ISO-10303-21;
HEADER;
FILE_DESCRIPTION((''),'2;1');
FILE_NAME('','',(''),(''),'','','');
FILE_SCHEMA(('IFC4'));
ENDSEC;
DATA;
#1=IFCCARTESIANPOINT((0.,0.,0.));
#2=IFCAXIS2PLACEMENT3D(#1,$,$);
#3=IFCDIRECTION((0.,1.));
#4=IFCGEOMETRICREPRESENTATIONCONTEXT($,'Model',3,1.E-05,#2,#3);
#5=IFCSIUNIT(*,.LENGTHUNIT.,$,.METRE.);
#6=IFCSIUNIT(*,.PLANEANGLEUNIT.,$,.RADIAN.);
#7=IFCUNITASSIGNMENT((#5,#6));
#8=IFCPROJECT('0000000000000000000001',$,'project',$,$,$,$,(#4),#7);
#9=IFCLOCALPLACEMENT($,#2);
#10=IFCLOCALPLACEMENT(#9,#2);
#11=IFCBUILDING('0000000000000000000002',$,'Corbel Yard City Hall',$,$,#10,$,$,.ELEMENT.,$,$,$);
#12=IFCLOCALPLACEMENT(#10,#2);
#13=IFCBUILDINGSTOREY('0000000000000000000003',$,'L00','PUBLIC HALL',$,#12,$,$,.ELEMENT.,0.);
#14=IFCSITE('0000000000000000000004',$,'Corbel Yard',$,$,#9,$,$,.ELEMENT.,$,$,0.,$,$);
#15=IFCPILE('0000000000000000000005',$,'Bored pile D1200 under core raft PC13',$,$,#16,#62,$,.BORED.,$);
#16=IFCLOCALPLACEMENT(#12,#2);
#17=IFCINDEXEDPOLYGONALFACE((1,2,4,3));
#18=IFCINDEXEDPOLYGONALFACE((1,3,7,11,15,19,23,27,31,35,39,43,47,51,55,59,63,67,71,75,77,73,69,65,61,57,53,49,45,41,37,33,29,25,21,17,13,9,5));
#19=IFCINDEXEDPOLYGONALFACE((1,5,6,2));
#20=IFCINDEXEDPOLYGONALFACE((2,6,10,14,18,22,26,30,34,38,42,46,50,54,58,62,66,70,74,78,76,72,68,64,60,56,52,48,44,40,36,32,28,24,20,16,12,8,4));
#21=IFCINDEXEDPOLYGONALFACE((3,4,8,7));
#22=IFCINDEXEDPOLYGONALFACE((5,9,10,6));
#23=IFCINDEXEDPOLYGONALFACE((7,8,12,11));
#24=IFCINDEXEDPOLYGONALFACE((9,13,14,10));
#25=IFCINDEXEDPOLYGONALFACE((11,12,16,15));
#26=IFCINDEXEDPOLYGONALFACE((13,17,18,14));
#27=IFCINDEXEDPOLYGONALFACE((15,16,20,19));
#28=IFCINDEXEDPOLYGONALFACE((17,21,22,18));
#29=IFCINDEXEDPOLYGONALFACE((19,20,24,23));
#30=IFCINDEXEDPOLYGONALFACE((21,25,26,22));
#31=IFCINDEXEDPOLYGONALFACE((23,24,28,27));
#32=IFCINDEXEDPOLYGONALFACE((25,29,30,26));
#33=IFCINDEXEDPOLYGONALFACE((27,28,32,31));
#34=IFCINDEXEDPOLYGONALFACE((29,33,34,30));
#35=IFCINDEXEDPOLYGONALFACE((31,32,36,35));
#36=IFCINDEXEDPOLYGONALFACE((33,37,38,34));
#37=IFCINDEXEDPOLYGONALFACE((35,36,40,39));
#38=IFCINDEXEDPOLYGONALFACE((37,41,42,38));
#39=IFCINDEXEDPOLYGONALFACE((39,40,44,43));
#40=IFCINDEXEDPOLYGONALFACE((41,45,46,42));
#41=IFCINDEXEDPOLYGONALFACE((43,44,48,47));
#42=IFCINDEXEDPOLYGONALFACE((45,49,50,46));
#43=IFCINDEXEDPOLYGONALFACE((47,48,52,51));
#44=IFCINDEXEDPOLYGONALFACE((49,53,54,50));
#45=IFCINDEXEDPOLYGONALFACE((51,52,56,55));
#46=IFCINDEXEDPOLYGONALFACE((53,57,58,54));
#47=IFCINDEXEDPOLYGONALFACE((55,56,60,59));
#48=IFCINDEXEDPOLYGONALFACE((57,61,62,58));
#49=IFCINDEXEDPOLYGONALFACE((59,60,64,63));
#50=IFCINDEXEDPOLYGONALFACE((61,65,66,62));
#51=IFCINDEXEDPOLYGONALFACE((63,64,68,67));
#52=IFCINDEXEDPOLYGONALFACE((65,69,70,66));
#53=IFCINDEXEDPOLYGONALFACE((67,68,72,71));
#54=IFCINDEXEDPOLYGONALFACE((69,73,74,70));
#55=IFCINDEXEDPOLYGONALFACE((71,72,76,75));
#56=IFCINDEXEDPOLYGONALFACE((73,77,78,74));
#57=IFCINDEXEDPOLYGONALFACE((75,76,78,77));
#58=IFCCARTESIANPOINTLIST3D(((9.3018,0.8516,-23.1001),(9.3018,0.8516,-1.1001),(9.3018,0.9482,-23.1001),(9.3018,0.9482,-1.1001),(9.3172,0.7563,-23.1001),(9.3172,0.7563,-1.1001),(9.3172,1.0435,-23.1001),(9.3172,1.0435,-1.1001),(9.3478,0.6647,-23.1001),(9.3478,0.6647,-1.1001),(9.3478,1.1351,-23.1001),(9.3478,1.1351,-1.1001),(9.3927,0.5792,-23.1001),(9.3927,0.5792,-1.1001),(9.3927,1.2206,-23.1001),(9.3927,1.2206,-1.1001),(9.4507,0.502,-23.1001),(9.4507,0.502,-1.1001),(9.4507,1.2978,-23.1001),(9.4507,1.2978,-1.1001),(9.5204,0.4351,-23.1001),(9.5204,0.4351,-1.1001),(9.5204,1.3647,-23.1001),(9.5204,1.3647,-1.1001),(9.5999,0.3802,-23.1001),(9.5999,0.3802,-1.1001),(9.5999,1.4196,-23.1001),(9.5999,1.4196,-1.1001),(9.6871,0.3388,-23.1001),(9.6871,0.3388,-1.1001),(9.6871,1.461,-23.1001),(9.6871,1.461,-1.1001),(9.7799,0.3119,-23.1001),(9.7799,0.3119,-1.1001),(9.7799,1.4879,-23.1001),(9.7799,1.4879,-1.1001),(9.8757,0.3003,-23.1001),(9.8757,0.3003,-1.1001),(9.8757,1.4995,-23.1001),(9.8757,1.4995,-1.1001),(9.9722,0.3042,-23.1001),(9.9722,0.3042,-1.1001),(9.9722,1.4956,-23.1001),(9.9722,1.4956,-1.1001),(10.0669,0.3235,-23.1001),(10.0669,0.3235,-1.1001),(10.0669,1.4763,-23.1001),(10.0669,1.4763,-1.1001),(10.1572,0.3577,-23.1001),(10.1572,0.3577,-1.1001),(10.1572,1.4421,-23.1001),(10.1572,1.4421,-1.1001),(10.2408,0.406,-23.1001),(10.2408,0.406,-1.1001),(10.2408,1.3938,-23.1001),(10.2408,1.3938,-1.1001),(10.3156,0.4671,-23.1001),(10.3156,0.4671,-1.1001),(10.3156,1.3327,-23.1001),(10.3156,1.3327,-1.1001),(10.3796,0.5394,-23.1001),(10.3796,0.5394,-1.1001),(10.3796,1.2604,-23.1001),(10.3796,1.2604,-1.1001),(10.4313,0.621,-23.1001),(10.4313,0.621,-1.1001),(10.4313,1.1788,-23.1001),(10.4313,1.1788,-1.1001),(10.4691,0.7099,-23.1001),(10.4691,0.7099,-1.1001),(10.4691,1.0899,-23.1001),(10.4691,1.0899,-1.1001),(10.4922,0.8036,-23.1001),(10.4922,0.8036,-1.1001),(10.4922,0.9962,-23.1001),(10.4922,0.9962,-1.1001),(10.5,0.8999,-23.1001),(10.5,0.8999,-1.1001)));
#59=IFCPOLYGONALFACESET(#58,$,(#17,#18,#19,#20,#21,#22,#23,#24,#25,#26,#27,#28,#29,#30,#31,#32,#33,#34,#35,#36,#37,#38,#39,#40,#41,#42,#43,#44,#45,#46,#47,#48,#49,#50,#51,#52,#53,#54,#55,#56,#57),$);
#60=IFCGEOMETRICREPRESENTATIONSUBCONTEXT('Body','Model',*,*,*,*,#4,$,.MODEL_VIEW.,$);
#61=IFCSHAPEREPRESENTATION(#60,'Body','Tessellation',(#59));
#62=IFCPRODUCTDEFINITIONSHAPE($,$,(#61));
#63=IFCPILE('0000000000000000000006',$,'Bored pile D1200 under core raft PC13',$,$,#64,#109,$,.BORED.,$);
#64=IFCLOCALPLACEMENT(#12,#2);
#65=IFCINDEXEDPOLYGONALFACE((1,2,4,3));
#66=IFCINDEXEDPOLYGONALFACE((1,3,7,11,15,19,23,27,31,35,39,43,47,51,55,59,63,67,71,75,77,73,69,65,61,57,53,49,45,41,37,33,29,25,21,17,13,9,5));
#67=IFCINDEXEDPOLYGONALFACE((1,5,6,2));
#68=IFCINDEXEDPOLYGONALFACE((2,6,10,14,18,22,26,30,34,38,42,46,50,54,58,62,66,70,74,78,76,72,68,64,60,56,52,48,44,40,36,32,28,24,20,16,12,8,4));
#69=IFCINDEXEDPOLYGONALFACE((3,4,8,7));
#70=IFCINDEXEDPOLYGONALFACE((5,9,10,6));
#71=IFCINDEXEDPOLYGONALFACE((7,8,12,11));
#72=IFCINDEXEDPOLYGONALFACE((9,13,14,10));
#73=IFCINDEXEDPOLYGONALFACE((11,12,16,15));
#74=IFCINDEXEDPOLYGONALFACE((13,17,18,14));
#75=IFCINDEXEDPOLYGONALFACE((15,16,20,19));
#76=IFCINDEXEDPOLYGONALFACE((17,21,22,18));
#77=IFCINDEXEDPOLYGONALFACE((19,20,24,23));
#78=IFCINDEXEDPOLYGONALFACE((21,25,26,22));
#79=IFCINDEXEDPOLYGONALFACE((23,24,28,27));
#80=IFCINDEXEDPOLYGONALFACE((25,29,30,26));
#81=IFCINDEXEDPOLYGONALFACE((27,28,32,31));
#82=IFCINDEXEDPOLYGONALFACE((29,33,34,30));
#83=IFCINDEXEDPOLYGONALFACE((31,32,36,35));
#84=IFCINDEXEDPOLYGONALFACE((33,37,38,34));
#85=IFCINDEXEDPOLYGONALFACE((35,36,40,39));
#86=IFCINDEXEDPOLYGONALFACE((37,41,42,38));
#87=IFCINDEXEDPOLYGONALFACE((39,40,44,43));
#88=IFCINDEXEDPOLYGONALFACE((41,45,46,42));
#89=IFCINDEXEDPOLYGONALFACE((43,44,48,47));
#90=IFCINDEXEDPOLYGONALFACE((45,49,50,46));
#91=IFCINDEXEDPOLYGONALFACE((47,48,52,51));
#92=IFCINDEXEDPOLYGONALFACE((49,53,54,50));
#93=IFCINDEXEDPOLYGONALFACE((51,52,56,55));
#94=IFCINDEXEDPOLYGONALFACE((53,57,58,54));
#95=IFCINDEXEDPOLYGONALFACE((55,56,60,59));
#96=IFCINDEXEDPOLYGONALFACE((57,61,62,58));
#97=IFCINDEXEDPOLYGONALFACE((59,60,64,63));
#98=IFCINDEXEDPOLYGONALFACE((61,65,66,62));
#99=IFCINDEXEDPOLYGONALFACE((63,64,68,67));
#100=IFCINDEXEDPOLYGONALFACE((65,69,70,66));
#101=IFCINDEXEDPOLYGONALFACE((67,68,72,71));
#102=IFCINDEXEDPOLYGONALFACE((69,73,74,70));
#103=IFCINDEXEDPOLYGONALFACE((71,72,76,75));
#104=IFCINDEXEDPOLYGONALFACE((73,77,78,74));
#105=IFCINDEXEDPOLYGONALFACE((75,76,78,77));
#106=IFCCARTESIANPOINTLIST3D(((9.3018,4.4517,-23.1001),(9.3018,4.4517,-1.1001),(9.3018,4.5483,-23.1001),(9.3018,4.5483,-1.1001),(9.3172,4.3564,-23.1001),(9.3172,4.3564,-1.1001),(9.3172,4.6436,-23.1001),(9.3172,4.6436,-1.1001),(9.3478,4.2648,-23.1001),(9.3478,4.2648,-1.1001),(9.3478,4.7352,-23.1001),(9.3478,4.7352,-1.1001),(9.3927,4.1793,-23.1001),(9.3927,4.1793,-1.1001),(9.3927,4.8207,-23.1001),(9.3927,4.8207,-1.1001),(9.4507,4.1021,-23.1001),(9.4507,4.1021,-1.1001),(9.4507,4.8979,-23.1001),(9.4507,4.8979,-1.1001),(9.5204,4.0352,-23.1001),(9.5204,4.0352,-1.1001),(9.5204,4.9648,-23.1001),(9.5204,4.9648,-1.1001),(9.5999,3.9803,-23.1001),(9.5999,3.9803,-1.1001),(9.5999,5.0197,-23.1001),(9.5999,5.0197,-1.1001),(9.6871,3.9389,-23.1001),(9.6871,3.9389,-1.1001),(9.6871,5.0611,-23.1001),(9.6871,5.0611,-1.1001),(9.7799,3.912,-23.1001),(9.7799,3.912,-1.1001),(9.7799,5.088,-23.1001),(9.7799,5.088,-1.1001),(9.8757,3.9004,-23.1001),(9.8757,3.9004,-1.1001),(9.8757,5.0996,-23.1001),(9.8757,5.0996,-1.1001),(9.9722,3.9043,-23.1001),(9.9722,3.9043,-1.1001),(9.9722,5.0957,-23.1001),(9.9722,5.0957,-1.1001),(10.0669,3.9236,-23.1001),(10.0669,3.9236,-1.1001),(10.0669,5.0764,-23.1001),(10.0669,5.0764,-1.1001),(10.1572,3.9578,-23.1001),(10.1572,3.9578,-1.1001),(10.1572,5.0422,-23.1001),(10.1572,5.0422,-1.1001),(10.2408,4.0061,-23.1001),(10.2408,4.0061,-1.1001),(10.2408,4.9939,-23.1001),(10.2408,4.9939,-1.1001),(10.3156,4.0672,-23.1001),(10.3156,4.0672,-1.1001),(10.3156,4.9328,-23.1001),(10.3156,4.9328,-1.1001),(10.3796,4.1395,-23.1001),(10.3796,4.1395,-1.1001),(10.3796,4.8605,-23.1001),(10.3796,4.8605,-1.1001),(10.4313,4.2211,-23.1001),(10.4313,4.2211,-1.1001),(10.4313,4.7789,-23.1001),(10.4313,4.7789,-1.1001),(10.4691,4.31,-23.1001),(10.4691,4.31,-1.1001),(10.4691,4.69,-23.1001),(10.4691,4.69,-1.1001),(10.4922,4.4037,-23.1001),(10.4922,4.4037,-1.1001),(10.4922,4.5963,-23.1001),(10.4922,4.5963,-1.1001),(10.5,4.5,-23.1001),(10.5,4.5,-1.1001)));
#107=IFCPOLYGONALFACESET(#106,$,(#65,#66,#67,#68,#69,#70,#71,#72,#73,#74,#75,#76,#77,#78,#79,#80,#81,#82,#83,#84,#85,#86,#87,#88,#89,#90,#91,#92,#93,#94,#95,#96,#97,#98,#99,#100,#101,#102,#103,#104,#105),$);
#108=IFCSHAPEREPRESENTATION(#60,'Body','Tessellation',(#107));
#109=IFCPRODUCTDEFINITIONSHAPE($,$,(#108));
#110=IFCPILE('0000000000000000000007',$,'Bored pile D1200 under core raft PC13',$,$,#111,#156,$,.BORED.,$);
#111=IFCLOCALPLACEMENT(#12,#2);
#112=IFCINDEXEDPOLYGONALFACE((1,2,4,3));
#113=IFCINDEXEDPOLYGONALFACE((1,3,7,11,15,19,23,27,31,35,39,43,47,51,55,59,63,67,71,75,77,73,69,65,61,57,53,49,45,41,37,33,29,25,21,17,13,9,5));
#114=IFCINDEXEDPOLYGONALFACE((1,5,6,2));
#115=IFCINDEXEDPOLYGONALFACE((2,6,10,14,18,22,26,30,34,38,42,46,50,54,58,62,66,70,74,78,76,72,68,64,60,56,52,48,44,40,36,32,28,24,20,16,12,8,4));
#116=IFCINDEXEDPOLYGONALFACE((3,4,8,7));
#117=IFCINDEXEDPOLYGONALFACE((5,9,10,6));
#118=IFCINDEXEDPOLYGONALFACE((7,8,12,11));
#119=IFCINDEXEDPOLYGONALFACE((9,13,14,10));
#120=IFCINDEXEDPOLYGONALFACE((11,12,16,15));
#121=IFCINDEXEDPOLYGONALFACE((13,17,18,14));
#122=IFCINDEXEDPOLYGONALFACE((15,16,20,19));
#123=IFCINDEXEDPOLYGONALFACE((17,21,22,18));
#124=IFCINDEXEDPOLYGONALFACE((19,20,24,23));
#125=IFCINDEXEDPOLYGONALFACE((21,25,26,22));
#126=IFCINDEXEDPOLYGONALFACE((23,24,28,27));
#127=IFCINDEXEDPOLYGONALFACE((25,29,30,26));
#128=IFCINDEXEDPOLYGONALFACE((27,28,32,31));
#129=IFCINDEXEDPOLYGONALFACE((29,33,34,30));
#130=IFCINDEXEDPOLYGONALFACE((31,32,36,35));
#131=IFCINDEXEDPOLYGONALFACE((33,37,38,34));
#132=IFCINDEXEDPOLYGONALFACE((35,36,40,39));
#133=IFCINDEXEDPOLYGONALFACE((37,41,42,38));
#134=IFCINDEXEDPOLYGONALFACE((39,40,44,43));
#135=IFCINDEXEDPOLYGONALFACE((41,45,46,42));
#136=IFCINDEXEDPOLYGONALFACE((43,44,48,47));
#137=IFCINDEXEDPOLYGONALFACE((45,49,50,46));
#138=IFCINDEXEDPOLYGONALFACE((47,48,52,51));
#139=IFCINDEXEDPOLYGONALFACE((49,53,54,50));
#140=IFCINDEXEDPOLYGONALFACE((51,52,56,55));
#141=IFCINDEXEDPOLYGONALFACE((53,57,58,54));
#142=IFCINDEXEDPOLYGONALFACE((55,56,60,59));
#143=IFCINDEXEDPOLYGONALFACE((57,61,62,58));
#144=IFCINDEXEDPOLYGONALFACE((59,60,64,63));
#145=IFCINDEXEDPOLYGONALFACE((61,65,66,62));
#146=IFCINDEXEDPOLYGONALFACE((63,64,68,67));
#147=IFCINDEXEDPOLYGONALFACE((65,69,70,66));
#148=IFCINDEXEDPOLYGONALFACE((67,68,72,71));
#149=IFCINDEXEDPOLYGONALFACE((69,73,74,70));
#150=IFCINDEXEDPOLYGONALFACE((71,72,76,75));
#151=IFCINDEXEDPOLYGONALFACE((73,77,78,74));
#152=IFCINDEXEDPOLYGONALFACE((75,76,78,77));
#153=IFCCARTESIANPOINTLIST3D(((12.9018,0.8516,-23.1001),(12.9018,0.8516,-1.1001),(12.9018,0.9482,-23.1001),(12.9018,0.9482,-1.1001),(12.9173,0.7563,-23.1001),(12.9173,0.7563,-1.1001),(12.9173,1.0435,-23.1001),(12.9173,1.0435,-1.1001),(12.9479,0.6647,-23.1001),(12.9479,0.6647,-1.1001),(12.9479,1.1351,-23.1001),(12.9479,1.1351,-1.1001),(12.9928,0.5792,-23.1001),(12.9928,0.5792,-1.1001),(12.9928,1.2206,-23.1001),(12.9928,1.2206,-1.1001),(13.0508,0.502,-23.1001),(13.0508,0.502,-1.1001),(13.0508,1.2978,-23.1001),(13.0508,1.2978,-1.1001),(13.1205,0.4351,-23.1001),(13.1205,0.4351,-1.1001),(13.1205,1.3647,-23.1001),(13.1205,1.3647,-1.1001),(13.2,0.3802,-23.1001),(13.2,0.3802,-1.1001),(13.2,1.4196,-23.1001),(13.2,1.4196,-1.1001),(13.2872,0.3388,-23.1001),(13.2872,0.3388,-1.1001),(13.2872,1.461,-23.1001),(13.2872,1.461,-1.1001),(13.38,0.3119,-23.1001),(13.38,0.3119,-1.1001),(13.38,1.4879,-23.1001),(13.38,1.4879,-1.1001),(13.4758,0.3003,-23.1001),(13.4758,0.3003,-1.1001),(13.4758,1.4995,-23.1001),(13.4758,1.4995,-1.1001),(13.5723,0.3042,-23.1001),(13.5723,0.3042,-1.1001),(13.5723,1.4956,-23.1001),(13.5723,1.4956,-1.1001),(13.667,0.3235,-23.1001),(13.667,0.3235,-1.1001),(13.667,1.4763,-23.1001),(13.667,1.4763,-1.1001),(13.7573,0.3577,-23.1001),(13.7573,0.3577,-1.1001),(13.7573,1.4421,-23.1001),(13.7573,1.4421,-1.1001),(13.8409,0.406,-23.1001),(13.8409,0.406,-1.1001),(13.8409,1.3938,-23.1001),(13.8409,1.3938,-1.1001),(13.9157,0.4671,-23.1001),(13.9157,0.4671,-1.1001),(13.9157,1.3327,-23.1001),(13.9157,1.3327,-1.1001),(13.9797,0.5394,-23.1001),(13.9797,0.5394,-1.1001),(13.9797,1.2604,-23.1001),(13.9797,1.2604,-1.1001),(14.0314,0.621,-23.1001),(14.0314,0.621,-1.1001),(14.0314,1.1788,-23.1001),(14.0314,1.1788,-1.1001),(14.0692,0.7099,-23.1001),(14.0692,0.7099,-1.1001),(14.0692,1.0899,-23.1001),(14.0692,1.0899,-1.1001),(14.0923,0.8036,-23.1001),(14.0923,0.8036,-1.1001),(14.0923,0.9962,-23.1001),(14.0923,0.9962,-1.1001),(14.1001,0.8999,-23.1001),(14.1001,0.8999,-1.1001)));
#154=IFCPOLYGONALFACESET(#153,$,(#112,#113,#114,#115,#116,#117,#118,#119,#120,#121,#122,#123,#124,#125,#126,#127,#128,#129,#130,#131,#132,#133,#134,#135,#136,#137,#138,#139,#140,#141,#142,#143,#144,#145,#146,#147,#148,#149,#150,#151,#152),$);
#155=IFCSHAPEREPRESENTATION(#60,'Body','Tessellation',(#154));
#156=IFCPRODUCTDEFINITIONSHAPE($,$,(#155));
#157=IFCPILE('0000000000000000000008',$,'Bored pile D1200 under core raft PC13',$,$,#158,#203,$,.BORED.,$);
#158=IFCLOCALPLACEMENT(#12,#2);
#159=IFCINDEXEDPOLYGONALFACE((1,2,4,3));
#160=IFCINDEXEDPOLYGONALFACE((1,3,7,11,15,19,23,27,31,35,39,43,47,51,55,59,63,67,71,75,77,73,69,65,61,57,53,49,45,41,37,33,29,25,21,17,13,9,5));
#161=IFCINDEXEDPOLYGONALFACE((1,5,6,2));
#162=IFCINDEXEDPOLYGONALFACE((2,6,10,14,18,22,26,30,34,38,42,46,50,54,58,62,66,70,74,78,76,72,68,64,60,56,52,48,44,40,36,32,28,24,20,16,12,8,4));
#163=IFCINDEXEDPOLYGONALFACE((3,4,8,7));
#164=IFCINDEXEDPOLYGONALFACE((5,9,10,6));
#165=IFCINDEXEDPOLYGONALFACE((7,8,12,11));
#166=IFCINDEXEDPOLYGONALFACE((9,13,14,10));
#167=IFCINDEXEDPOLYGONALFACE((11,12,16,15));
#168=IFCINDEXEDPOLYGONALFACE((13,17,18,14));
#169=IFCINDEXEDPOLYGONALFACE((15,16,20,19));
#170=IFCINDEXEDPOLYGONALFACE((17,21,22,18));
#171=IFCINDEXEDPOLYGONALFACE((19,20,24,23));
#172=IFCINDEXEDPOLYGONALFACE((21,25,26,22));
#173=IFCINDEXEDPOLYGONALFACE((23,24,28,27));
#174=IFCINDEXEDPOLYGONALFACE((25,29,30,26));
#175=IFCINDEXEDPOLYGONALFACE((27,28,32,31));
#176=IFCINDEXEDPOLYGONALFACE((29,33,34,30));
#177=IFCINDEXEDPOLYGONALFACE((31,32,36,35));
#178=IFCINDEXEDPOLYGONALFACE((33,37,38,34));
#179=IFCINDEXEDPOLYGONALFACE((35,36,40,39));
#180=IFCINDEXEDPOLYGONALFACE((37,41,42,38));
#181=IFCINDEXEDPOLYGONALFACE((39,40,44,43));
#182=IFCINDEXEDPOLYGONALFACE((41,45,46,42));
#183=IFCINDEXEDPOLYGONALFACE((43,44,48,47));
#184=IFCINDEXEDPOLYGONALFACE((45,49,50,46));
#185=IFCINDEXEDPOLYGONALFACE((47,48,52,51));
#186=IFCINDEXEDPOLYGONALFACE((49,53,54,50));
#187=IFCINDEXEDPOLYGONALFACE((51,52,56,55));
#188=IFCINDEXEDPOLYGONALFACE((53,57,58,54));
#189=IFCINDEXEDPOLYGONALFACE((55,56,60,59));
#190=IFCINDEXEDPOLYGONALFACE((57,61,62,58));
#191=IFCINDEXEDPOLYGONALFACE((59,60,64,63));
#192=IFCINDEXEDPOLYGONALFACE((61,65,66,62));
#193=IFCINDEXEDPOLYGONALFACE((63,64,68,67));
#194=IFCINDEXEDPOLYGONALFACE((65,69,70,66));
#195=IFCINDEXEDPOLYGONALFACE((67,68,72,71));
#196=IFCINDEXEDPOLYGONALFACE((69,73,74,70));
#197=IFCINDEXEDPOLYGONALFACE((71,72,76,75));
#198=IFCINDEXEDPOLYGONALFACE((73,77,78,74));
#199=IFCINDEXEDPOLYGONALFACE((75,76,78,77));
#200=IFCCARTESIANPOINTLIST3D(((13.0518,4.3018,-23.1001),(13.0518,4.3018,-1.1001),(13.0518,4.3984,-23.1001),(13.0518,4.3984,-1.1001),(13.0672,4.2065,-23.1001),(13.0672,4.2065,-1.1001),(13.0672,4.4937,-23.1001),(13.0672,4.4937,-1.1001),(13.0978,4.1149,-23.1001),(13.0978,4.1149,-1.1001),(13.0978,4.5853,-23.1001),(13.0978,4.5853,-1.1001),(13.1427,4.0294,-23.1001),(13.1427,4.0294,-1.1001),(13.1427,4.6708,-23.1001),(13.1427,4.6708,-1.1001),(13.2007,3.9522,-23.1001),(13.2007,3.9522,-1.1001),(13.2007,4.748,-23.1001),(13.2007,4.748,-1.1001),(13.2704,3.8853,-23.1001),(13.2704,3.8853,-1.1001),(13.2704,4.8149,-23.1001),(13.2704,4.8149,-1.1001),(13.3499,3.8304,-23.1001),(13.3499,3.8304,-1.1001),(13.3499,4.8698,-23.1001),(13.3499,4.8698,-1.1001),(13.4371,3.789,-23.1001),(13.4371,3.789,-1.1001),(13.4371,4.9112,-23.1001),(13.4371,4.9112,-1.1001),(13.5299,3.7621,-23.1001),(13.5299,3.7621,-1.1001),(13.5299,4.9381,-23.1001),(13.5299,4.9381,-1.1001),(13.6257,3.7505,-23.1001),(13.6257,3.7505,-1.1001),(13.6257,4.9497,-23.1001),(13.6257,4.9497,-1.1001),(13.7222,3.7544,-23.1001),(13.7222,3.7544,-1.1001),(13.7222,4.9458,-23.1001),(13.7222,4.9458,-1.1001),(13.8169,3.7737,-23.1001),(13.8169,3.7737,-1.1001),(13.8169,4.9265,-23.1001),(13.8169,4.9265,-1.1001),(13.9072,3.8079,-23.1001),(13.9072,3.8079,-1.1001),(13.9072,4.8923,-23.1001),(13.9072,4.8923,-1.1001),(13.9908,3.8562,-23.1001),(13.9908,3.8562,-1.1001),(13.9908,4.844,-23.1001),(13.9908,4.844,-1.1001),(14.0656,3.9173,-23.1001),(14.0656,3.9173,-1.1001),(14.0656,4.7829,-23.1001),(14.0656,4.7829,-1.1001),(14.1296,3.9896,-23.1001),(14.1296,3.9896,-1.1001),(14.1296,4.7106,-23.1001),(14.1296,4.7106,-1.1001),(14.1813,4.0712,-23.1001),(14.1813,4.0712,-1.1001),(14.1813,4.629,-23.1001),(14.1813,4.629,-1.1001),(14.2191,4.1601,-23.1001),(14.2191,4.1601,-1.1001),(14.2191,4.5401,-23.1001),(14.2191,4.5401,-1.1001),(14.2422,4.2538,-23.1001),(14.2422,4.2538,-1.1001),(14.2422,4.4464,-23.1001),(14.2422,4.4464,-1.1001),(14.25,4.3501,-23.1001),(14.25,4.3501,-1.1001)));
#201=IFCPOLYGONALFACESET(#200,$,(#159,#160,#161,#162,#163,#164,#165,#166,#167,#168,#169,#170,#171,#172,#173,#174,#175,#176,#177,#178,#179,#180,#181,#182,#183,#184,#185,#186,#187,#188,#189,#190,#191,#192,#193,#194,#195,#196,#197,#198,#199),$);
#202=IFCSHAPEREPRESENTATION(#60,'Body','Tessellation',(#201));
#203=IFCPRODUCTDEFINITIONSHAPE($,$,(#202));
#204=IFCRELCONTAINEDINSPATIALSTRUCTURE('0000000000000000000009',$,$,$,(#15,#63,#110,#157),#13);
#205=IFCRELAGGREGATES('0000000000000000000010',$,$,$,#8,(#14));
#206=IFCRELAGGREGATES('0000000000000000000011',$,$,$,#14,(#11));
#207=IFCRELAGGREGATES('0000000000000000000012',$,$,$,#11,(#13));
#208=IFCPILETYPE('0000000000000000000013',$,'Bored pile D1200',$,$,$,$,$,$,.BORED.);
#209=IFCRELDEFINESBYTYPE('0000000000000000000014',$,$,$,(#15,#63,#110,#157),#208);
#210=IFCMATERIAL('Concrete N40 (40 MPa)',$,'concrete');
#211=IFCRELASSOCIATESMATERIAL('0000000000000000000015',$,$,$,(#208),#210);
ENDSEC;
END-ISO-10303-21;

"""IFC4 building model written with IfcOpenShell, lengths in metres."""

from ifc_helpers import new_model, si_unit, direction, frame, origin, origin_2d, place, context, subcontext, project, spatial, circle, extrude, material, material_profile, profile_set, type_object, element, save


model = new_model("IFC4")

# Units and contexts
model_context = context("Model", 3, precision=1e-05, world=origin(), true_north=direction((0.0, 1.0)))
body_context = subcontext(model_context, "Body", "Model", "MODEL_VIEW")
ifc_project = project(units=[si_unit("LENGTHUNIT", "METRE"), si_unit("PLANEANGLEUNIT", "RADIAN")], contexts=[model_context])

# Site, building, storey
site_placement = place(None, origin())
site = spatial("IfcSite", under=ifc_project, at=site_placement, Name="Corbel Yard", CompositionType="ELEMENT", RefElevation=0.0)
building_placement = place(site_placement, origin())
building = spatial("IfcBuilding", under=site, at=building_placement, Name="Corbel Yard City Hall", CompositionType="ELEMENT")
storey_placement = place(building_placement, origin())
storey = spatial("IfcBuildingStorey", under=building, at=storey_placement, Name="L00", Description="PUBLIC HALL", CompositionType="ELEMENT", Elevation=0.0)

# Piles
ifc_material_1 = material(Name="Concrete N40 (40 MPa)", Category="concrete")
ifc_material_profile = material_profile(ifc_material_1, circle(Radius=0.6001, at=origin_2d()), Name="D1200")
ifc_profile_set = profile_set([ifc_material_profile], Name="Concrete N40 (40 MPa)")
pile_type = type_object("IfcPileType", Name="Bored pile D1200", PredefinedType="BORED", material=ifc_profile_set)
for number, where, z_axis, x_axis, name in (
    (1, (9.8999, 0.8999, -1.1001), (0.0, 0.0, -1.0), (1.0, 0.0, 0.0), "Bored pile D1200 under core raft PC13"),
    (2, (9.8999, 4.5, -1.1001), (0.0, 0.0, -1.0), (1.0, 0.0, 0.0), "Bored pile D1200 under core raft PC13"),
    (3, (13.5, 0.8999, -1.1001), (0.0, 0.0, -1.0), (1.0, 0.0, 0.0), "Bored pile D1200 under core raft PC13"),
    (4, (13.6499, 4.3501, -1.1001), (0.0, 0.0, -1.0), (1.0, 0.0, 0.0), "Bored pile D1200 under core raft PC13"),
):
    element("IfcPile", number, at=place(storey_placement, frame(where, z_axis=z_axis, x_axis=x_axis)), inside=storey, type_object=pile_type, Name=name, PredefinedType="BORED", context=body_context, shape_type="SweptSolid", body=[
        extrude(circle(Radius=0.6001, at=origin_2d()), origin(), (0.0, 0.0, 1.0), 22.0),
    ])

save(model, "model.ifc")
